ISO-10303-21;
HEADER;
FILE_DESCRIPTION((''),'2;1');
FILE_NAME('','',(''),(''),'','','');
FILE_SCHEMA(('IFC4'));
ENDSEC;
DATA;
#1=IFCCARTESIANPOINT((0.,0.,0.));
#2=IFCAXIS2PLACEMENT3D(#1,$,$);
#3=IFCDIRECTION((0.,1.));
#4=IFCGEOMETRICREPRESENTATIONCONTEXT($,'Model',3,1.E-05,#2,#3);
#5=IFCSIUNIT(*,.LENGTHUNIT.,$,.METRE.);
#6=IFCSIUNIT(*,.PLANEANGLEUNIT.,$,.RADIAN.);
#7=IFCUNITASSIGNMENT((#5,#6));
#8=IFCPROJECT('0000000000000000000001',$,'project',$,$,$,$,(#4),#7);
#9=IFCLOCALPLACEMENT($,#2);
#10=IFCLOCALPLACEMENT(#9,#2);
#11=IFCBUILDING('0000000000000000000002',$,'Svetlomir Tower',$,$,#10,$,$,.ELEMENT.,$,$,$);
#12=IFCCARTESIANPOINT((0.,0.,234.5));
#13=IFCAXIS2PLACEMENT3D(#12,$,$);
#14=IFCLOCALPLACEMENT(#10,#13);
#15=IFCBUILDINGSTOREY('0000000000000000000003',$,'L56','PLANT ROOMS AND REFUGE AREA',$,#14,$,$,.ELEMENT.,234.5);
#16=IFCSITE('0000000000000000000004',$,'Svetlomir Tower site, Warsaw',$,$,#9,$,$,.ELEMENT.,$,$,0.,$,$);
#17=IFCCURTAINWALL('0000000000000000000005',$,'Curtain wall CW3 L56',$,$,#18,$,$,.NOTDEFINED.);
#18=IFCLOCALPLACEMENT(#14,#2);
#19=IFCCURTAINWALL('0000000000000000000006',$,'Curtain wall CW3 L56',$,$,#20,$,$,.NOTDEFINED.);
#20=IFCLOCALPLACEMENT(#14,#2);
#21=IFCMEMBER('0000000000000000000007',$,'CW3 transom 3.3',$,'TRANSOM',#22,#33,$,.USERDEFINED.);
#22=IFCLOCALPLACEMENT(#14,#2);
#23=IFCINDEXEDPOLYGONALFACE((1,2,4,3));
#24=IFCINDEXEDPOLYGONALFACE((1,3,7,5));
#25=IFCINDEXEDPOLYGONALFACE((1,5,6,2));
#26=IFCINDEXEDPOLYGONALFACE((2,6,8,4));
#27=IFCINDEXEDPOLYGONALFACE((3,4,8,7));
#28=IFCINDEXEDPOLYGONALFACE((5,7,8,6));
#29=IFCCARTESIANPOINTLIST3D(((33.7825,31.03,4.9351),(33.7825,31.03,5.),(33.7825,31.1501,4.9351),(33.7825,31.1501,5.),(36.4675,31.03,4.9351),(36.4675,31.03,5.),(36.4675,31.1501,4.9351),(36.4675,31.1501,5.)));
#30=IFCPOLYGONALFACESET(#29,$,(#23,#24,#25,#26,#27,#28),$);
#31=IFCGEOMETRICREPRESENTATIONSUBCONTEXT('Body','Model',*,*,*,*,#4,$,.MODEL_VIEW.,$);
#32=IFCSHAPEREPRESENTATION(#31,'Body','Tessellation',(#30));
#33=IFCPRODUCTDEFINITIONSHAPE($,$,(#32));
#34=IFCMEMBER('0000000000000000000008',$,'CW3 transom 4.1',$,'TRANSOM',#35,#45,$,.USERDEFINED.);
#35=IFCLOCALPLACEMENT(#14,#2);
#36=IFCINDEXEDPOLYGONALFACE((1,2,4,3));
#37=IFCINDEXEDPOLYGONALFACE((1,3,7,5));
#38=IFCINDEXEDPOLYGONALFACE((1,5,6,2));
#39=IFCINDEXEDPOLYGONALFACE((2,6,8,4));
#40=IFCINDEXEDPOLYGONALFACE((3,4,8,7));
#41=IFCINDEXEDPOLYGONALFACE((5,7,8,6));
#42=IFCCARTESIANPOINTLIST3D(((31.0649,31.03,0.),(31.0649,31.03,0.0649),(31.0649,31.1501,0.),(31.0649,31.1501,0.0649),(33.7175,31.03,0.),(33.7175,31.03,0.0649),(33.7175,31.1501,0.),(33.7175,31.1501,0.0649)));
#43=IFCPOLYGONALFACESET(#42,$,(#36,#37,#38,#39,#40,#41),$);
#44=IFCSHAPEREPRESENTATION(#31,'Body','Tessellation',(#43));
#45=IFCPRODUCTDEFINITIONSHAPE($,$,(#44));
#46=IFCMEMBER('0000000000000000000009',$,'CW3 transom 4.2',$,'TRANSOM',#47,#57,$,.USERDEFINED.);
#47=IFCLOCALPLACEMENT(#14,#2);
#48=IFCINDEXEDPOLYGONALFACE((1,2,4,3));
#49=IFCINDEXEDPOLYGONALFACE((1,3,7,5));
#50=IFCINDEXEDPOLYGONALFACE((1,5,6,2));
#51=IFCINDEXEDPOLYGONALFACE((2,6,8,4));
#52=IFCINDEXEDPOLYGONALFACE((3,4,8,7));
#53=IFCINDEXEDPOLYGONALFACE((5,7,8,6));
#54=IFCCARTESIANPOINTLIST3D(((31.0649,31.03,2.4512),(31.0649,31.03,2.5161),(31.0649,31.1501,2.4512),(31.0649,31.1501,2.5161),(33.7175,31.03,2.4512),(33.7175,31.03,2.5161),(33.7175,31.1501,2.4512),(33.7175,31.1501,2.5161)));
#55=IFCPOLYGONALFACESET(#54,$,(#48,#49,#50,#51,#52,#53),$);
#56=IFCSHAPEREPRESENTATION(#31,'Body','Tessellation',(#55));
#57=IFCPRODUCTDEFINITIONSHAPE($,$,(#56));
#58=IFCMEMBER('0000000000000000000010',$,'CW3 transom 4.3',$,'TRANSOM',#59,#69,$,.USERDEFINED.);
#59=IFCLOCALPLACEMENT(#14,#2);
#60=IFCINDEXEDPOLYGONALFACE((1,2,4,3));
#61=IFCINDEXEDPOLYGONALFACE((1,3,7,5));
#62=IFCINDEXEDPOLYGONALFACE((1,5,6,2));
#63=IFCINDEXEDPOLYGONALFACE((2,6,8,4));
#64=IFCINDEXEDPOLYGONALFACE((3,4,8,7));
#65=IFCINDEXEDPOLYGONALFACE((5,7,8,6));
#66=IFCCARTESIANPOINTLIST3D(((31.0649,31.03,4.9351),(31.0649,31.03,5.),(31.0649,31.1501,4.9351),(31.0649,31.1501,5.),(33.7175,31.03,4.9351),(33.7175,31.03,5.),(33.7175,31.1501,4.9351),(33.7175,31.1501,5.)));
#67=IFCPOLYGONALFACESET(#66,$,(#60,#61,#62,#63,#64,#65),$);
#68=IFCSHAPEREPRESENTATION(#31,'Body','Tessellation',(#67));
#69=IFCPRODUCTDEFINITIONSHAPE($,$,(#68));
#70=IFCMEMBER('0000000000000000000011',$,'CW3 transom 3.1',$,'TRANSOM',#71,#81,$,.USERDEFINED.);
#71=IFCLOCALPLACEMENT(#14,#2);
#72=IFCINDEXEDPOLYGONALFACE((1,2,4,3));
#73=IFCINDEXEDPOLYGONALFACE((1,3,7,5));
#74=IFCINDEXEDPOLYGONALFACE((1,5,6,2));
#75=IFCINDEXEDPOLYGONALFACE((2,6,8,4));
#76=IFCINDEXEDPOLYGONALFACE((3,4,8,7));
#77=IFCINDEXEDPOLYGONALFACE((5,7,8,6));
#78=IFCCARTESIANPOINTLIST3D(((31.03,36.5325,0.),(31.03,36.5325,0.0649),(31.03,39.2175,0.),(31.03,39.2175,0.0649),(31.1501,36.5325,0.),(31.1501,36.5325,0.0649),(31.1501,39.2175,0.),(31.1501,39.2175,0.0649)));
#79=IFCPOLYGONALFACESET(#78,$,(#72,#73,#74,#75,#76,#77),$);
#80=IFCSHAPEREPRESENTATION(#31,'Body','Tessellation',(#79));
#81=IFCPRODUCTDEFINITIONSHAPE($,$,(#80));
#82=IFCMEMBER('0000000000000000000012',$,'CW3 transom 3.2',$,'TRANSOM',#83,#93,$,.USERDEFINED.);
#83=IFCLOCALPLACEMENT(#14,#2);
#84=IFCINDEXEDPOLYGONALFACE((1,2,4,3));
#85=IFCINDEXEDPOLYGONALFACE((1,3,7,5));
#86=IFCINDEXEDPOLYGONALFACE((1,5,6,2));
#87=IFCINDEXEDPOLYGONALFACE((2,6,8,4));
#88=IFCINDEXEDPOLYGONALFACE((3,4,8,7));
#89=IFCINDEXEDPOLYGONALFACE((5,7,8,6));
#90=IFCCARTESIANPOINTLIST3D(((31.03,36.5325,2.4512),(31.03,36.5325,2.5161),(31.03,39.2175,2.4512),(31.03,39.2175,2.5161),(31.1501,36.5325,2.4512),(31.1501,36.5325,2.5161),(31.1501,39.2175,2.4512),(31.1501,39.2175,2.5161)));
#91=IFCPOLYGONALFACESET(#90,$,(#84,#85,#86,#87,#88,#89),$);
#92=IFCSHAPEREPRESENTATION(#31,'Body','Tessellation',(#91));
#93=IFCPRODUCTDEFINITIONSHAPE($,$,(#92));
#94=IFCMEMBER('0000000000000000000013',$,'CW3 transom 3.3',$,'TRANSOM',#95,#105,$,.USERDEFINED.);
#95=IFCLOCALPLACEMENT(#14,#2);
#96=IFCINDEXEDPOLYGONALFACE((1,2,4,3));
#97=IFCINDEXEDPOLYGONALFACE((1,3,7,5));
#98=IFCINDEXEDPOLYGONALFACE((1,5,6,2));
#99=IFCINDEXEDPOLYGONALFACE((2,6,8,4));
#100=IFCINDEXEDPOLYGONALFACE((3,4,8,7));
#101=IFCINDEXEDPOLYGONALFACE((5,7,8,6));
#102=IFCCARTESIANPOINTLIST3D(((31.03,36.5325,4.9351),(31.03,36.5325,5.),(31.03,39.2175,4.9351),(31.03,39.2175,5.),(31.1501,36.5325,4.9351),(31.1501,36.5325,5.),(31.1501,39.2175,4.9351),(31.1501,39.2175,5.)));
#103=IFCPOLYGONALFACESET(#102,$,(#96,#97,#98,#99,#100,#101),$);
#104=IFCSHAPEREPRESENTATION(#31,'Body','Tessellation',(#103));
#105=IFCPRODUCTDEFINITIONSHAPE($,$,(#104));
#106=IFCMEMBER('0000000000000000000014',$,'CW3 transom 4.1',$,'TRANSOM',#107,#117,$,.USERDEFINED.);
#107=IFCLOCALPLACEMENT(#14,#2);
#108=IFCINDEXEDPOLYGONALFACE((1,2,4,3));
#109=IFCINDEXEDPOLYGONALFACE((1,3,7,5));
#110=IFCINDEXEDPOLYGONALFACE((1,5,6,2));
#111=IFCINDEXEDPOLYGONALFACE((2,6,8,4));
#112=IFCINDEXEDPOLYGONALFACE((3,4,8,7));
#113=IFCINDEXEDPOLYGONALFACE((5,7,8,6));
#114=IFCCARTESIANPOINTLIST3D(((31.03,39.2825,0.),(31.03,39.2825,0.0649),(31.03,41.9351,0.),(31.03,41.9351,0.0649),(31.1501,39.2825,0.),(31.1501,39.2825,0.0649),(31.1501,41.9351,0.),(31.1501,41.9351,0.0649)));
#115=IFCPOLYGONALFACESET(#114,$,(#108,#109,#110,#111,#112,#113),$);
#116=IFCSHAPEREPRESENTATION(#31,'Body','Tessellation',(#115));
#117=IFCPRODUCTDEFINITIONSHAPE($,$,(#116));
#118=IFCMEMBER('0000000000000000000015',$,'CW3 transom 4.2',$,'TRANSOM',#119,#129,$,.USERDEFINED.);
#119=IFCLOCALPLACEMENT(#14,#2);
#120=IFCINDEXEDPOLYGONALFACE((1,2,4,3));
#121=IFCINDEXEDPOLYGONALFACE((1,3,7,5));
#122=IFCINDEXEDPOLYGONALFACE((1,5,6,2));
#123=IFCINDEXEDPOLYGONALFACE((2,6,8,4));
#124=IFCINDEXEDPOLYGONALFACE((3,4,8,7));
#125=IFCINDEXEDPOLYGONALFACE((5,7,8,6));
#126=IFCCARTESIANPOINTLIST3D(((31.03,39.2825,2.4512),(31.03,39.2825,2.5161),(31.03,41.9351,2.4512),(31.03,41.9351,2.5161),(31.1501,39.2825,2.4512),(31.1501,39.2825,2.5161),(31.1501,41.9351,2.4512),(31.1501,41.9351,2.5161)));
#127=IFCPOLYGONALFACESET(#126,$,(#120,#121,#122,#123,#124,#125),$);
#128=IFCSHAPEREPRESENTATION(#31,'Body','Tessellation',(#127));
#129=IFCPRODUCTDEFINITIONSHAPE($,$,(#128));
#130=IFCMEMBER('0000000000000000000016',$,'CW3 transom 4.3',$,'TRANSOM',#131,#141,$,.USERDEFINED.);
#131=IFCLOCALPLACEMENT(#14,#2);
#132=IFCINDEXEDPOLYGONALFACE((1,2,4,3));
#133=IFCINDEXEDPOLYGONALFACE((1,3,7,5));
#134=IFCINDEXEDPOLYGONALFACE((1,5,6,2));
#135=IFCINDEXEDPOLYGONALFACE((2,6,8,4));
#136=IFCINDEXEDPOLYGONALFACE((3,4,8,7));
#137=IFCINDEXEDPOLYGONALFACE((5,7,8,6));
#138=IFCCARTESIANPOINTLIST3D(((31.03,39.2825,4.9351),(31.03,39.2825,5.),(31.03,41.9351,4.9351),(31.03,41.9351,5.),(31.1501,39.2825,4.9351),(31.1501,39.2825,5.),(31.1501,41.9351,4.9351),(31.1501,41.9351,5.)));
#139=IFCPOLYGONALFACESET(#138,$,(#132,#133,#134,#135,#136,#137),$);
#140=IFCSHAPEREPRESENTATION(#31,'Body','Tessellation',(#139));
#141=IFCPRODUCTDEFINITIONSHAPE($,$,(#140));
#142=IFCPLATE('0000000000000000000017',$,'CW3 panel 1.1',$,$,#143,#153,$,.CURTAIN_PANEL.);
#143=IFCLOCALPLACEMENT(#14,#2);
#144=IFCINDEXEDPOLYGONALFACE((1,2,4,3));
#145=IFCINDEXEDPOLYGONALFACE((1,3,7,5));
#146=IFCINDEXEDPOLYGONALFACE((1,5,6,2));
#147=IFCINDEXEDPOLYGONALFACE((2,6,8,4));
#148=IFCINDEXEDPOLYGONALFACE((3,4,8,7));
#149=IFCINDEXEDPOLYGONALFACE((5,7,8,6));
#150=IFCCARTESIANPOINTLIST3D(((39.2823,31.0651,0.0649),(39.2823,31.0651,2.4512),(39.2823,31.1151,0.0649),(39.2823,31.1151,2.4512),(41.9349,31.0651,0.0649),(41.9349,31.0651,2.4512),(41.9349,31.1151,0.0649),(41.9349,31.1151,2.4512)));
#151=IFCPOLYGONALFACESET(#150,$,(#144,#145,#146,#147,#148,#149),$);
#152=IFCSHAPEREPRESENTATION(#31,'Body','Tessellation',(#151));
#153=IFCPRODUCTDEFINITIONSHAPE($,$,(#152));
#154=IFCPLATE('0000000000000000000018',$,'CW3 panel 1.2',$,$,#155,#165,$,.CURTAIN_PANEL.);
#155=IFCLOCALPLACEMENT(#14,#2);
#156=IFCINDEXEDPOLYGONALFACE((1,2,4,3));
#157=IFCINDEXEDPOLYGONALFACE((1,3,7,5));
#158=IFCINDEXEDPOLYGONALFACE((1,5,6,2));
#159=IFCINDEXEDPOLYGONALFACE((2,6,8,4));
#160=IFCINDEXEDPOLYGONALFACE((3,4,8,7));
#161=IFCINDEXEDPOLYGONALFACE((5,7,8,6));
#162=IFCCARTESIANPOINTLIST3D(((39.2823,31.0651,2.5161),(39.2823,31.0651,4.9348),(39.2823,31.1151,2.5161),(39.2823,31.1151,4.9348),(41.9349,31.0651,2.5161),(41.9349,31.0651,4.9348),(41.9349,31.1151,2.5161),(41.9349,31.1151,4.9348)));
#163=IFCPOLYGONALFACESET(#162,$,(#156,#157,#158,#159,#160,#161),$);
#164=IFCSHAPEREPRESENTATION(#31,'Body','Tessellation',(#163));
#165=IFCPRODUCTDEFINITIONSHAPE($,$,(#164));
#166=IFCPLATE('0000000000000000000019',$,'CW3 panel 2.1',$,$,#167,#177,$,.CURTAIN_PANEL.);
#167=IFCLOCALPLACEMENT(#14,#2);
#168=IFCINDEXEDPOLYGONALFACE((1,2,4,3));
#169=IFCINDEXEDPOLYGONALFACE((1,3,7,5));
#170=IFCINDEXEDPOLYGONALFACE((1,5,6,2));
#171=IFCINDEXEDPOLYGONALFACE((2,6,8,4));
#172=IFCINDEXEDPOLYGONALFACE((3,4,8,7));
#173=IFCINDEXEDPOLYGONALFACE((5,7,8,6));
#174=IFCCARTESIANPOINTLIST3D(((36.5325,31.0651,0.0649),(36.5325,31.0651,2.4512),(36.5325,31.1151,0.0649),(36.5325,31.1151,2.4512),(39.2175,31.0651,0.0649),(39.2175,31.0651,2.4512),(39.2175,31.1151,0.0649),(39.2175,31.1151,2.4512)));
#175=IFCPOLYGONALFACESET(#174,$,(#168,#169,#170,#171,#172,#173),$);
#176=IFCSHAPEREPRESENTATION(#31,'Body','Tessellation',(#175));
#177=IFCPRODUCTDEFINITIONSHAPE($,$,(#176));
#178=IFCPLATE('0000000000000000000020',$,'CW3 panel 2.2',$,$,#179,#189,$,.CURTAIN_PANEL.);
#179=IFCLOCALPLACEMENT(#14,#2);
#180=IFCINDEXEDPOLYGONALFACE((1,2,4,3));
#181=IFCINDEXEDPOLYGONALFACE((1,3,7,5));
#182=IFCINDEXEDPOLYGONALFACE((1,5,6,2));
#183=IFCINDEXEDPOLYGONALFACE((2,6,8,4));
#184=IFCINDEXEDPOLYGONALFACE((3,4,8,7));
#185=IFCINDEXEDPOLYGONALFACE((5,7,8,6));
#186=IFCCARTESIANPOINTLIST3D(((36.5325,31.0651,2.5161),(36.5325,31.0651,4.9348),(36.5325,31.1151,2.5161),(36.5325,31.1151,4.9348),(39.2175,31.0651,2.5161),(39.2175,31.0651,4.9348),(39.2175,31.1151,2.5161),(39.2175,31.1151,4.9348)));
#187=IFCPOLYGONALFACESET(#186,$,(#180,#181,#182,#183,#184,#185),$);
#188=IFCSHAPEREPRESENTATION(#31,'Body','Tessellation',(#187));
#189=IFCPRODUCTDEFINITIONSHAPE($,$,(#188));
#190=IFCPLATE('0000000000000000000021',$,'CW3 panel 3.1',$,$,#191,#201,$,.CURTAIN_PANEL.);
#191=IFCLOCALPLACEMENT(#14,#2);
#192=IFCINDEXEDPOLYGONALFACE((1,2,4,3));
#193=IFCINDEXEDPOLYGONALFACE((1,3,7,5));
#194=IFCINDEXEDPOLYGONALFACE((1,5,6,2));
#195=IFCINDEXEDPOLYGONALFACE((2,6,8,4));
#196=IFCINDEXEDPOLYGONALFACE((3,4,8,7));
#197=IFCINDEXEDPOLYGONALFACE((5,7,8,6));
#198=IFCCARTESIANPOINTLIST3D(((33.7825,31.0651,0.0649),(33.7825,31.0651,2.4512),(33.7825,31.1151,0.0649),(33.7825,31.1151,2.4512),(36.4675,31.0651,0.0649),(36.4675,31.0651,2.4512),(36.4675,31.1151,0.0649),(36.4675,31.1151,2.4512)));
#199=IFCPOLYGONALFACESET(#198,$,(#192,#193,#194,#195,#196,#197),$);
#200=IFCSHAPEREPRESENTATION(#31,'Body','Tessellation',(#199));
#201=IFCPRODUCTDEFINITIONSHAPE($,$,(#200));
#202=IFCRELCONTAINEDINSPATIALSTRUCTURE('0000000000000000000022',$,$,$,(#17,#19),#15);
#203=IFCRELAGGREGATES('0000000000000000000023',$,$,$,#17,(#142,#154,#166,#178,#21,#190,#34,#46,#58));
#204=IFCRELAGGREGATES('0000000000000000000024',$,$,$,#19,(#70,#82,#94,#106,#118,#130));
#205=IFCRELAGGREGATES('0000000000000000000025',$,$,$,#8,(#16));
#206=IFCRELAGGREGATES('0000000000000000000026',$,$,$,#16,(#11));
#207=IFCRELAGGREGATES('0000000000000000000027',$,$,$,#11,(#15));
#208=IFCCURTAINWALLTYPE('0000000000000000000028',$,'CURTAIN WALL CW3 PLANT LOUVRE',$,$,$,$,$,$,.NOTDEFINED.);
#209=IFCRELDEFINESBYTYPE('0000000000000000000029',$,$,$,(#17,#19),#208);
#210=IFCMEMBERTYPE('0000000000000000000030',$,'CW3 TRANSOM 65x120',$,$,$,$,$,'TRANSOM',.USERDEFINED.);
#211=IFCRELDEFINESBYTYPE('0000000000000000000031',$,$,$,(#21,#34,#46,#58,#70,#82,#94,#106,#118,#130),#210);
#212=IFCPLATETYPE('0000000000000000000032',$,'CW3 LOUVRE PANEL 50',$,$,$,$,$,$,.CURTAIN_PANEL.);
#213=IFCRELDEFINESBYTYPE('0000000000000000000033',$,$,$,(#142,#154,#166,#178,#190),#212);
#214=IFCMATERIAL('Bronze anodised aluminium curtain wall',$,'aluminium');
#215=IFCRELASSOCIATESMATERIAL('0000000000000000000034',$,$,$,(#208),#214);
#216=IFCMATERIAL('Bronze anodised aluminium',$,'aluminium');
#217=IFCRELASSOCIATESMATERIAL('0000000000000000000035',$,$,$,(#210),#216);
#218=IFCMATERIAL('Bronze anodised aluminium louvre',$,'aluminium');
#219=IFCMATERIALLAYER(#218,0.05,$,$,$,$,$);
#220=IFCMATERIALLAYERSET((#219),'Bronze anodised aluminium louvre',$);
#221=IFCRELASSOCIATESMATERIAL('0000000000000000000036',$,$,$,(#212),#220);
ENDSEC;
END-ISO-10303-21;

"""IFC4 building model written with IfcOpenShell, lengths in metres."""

from ifc_helpers import new_model, si_unit, direction, frame, origin, origin_2d, place, context, subcontext, project, spatial, rectangle, extrude, material, layer, layer_set, material_profile, profile_set, type_object, element, aggregate, save


model = new_model("IFC4")

# Units and contexts
model_context = context("Model", 3, precision=1e-05, world=origin(), true_north=direction((0.0, 1.0)))
body_context = subcontext(model_context, "Body", "Model", "MODEL_VIEW")
ifc_project = project(units=[si_unit("LENGTHUNIT", "METRE"), si_unit("PLANEANGLEUNIT", "RADIAN")], contexts=[model_context])

# Site, building, storey
site_placement = place(None, origin())
site = spatial("IfcSite", under=ifc_project, at=site_placement, Name="Svetlomir Tower site, Warsaw", CompositionType="ELEMENT", RefElevation=0.0)
building_placement = place(site_placement, origin())
building = spatial("IfcBuilding", under=site, at=building_placement, Name="Svetlomir Tower", CompositionType="ELEMENT")
storey_placement = place(building_placement, frame((0.0, 0.0, 234.5)))
storey = spatial("IfcBuildingStorey", under=building, at=storey_placement, Name="L56", Description="PLANT ROOMS AND REFUGE AREA", CompositionType="ELEMENT", Elevation=234.5)

# Curtain walls
ifc_material_1 = material(Name="Bronze anodised aluminium curtain wall", Category="aluminium")
curtain_wall_type = type_object("IfcCurtainWallType", Name="CURTAIN WALL CW3 PLANT LOUVRE", PredefinedType="NOTDEFINED", material=ifc_material_1)
curtain_wall_1_placement = place(storey_placement, origin())
curtain_wall_1 = element("IfcCurtainWall", 1, at=curtain_wall_1_placement, inside=storey, type_object=curtain_wall_type, Name="Curtain wall CW3 L56", PredefinedType="NOTDEFINED")
curtain_wall_2_placement = place(storey_placement, origin())
curtain_wall_2 = element("IfcCurtainWall", 2, at=curtain_wall_2_placement, inside=storey, type_object=curtain_wall_type, Name="Curtain wall CW3 L56", PredefinedType="NOTDEFINED")

# Members
ifc_material_2 = material(Name="Bronze anodised aluminium", Category="aluminium")
ifc_material_profile_1 = material_profile(ifc_material_2, rectangle(XDim=0.1201, YDim=0.0649, at=origin_2d()), Name="AL 120x65")
ifc_profile_set_1 = profile_set([ifc_material_profile_1], Name="Bronze anodised aluminium 6063-T6")
member_type_1 = type_object("IfcMemberType", Name="CW3 TRANSOM 65x120", ElementType="TRANSOM", PredefinedType="USERDEFINED", material=ifc_profile_set_1)
member_1_placement = place(storey_placement, frame((36.4675, 31.0901, 4.9675), z_axis=(-1.0, 0.0, 0.0), x_axis=(0.0, -1.0, 0.0)))
member_1 = element("IfcMember", 3, at=member_1_placement, type_object=member_type_1, Name="CW3 transom 3.3", ObjectType="TRANSOM", PredefinedType="USERDEFINED", context=body_context, shape_type="SweptSolid", body=[
    extrude(rectangle(XDim=0.1201, YDim=0.0649, at=origin_2d()), origin(), (0.0, 0.0, 1.0), 2.6851),
])
member_2_placement = place(storey_placement, frame((33.7175, 31.0901, 0.0325), z_axis=(-1.0, 0.0, 0.0), x_axis=(0.0, -1.0, 0.0)))
member_2 = element("IfcMember", 4, at=member_2_placement, type_object=member_type_1, Name="CW3 transom 4.1", ObjectType="TRANSOM", PredefinedType="USERDEFINED", context=body_context, shape_type="SweptSolid", body=[
    extrude(rectangle(XDim=0.1201, YDim=0.0649, at=origin_2d()), origin(), (0.0, 0.0, 1.0), 2.6526),
])
member_3_placement = place(storey_placement, frame((33.7175, 31.0901, 2.4836), z_axis=(-1.0, 0.0, 0.0), x_axis=(0.0, -1.0, 0.0)))
member_3 = element("IfcMember", 5, at=member_3_placement, type_object=member_type_1, Name="CW3 transom 4.2", ObjectType="TRANSOM", PredefinedType="USERDEFINED", context=body_context, shape_type="SweptSolid", body=[
    extrude(rectangle(XDim=0.1201, YDim=0.0649, at=origin_2d()), origin(), (0.0, 0.0, 1.0), 2.6526),
])
member_4_placement = place(storey_placement, frame((33.7175, 31.0901, 4.9675), z_axis=(-1.0, 0.0, 0.0), x_axis=(0.0, -1.0, 0.0)))
member_4 = element("IfcMember", 6, at=member_4_placement, type_object=member_type_1, Name="CW3 transom 4.3", ObjectType="TRANSOM", PredefinedType="USERDEFINED", context=body_context, shape_type="SweptSolid", body=[
    extrude(rectangle(XDim=0.1201, YDim=0.0649, at=origin_2d()), origin(), (0.0, 0.0, 1.0), 2.6526),
])
member_5_placement = place(storey_placement, frame((31.0901, 36.5325, 0.0325), z_axis=(0.0, 1.0, 0.0), x_axis=(-1.0, 0.0, 0.0)))
member_5 = element("IfcMember", 7, at=member_5_placement, type_object=member_type_1, Name="CW3 transom 3.1", ObjectType="TRANSOM", PredefinedType="USERDEFINED", context=body_context, shape_type="SweptSolid", body=[
    extrude(rectangle(XDim=0.1201, YDim=0.0649, at=origin_2d()), origin(), (0.0, 0.0, 1.0), 2.6851),
])
member_6_placement = place(storey_placement, frame((31.0901, 36.5325, 2.4836), z_axis=(0.0, 1.0, 0.0), x_axis=(-1.0, 0.0, 0.0)))
member_6 = element("IfcMember", 8, at=member_6_placement, type_object=member_type_1, Name="CW3 transom 3.2", ObjectType="TRANSOM", PredefinedType="USERDEFINED", context=body_context, shape_type="SweptSolid", body=[
    extrude(rectangle(XDim=0.1201, YDim=0.0649, at=origin_2d()), origin(), (0.0, 0.0, 1.0), 2.6851),
])
member_7_placement = place(storey_placement, frame((31.0901, 36.5325, 4.9675), z_axis=(0.0, 1.0, 0.0), x_axis=(-1.0, 0.0, 0.0)))
member_7 = element("IfcMember", 9, at=member_7_placement, type_object=member_type_1, Name="CW3 transom 3.3", ObjectType="TRANSOM", PredefinedType="USERDEFINED", context=body_context, shape_type="SweptSolid", body=[
    extrude(rectangle(XDim=0.1201, YDim=0.0649, at=origin_2d()), origin(), (0.0, 0.0, 1.0), 2.6851),
])
member_8_placement = place(storey_placement, frame((31.0901, 39.2825, 0.0325), z_axis=(0.0, 1.0, 0.0), x_axis=(-1.0, 0.0, 0.0)))
member_8 = element("IfcMember", 10, at=member_8_placement, type_object=member_type_1, Name="CW3 transom 4.1", ObjectType="TRANSOM", PredefinedType="USERDEFINED", context=body_context, shape_type="SweptSolid", body=[
    extrude(rectangle(XDim=0.1201, YDim=0.0649, at=origin_2d()), origin(), (0.0, 0.0, 1.0), 2.6526),
])
member_9_placement = place(storey_placement, frame((31.0901, 39.2825, 2.4836), z_axis=(0.0, 1.0, 0.0), x_axis=(-1.0, 0.0, 0.0)))
member_9 = element("IfcMember", 11, at=member_9_placement, type_object=member_type_1, Name="CW3 transom 4.2", ObjectType="TRANSOM", PredefinedType="USERDEFINED", context=body_context, shape_type="SweptSolid", body=[
    extrude(rectangle(XDim=0.1201, YDim=0.0649, at=origin_2d()), origin(), (0.0, 0.0, 1.0), 2.6526),
])
member_10_placement = place(storey_placement, frame((31.0901, 39.2825, 4.9675), z_axis=(0.0, 1.0, 0.0), x_axis=(-1.0, 0.0, 0.0)))
member_10 = element("IfcMember", 12, at=member_10_placement, type_object=member_type_1, Name="CW3 transom 4.3", ObjectType="TRANSOM", PredefinedType="USERDEFINED", context=body_context, shape_type="SweptSolid", body=[
    extrude(rectangle(XDim=0.1201, YDim=0.0649, at=origin_2d()), origin(), (0.0, 0.0, 1.0), 2.6526),
])

# Plates
ifc_material_3 = material(Name="Bronze anodised aluminium louvre", Category="aluminium")
ifc_layer = layer(ifc_material_3, 0.05)
ifc_layer_set = layer_set([ifc_layer], Name="Bronze anodised aluminium louvre")
plate_type = type_object("IfcPlateType", Name="CW3 LOUVRE PANEL 50", PredefinedType="CURTAIN_PANEL", material=ifc_layer_set)
plate_1_placement = place(storey_placement, frame((40.6086, 31.0901, 0.0649), z_axis=(0.0, 0.0, 1.0), x_axis=(-1.0, 0.0, 0.0)))
plate_1 = element("IfcPlate", 13, at=plate_1_placement, type_object=plate_type, Name="CW3 panel 1.1", PredefinedType="CURTAIN_PANEL", context=body_context, shape_type="SweptSolid", body=[
    extrude(rectangle(XDim=2.6526, YDim=0.05, at=origin_2d()), origin(), (0.0, 0.0, 1.0), 2.3862),
])
plate_2_placement = place(storey_placement, frame((40.6086, 31.0901, 2.5161), z_axis=(0.0, 0.0, 1.0), x_axis=(-1.0, 0.0, 0.0)))
plate_2 = element("IfcPlate", 14, at=plate_2_placement, type_object=plate_type, Name="CW3 panel 1.2", PredefinedType="CURTAIN_PANEL", context=body_context, shape_type="SweptSolid", body=[
    extrude(rectangle(XDim=2.6526, YDim=0.05, at=origin_2d()), origin(), (0.0, 0.0, 1.0), 2.4187),
])
plate_3_placement = place(storey_placement, frame((37.875, 31.0901, 0.0649), z_axis=(0.0, 0.0, 1.0), x_axis=(-1.0, 0.0, 0.0)))
plate_3 = element("IfcPlate", 15, at=plate_3_placement, type_object=plate_type, Name="CW3 panel 2.1", PredefinedType="CURTAIN_PANEL", context=body_context, shape_type="SweptSolid", body=[
    extrude(rectangle(XDim=2.6851, YDim=0.05, at=origin_2d()), origin(), (0.0, 0.0, 1.0), 2.3862),
])
plate_4_placement = place(storey_placement, frame((37.875, 31.0901, 2.5161), z_axis=(0.0, 0.0, 1.0), x_axis=(-1.0, 0.0, 0.0)))
plate_4 = element("IfcPlate", 16, at=plate_4_placement, type_object=plate_type, Name="CW3 panel 2.2", PredefinedType="CURTAIN_PANEL", context=body_context, shape_type="SweptSolid", body=[
    extrude(rectangle(XDim=2.6851, YDim=0.05, at=origin_2d()), origin(), (0.0, 0.0, 1.0), 2.4187),
])
plate_5_placement = place(storey_placement, frame((35.125, 31.0901, 0.0649), z_axis=(0.0, 0.0, 1.0), x_axis=(-1.0, 0.0, 0.0)))
plate_5 = element("IfcPlate", 17, at=plate_5_placement, type_object=plate_type, Name="CW3 panel 3.1", PredefinedType="CURTAIN_PANEL", context=body_context, shape_type="SweptSolid", body=[
    extrude(rectangle(XDim=2.6851, YDim=0.05, at=origin_2d()), origin(), (0.0, 0.0, 1.0), 2.3862),
])
aggregate(curtain_wall_1, [plate_1, plate_2, plate_3, plate_4, member_1, plate_5, member_2, member_3, member_4])
aggregate(curtain_wall_2, [member_5, member_6, member_7, member_8, member_9, member_10])

save(model, "model.ifc")
